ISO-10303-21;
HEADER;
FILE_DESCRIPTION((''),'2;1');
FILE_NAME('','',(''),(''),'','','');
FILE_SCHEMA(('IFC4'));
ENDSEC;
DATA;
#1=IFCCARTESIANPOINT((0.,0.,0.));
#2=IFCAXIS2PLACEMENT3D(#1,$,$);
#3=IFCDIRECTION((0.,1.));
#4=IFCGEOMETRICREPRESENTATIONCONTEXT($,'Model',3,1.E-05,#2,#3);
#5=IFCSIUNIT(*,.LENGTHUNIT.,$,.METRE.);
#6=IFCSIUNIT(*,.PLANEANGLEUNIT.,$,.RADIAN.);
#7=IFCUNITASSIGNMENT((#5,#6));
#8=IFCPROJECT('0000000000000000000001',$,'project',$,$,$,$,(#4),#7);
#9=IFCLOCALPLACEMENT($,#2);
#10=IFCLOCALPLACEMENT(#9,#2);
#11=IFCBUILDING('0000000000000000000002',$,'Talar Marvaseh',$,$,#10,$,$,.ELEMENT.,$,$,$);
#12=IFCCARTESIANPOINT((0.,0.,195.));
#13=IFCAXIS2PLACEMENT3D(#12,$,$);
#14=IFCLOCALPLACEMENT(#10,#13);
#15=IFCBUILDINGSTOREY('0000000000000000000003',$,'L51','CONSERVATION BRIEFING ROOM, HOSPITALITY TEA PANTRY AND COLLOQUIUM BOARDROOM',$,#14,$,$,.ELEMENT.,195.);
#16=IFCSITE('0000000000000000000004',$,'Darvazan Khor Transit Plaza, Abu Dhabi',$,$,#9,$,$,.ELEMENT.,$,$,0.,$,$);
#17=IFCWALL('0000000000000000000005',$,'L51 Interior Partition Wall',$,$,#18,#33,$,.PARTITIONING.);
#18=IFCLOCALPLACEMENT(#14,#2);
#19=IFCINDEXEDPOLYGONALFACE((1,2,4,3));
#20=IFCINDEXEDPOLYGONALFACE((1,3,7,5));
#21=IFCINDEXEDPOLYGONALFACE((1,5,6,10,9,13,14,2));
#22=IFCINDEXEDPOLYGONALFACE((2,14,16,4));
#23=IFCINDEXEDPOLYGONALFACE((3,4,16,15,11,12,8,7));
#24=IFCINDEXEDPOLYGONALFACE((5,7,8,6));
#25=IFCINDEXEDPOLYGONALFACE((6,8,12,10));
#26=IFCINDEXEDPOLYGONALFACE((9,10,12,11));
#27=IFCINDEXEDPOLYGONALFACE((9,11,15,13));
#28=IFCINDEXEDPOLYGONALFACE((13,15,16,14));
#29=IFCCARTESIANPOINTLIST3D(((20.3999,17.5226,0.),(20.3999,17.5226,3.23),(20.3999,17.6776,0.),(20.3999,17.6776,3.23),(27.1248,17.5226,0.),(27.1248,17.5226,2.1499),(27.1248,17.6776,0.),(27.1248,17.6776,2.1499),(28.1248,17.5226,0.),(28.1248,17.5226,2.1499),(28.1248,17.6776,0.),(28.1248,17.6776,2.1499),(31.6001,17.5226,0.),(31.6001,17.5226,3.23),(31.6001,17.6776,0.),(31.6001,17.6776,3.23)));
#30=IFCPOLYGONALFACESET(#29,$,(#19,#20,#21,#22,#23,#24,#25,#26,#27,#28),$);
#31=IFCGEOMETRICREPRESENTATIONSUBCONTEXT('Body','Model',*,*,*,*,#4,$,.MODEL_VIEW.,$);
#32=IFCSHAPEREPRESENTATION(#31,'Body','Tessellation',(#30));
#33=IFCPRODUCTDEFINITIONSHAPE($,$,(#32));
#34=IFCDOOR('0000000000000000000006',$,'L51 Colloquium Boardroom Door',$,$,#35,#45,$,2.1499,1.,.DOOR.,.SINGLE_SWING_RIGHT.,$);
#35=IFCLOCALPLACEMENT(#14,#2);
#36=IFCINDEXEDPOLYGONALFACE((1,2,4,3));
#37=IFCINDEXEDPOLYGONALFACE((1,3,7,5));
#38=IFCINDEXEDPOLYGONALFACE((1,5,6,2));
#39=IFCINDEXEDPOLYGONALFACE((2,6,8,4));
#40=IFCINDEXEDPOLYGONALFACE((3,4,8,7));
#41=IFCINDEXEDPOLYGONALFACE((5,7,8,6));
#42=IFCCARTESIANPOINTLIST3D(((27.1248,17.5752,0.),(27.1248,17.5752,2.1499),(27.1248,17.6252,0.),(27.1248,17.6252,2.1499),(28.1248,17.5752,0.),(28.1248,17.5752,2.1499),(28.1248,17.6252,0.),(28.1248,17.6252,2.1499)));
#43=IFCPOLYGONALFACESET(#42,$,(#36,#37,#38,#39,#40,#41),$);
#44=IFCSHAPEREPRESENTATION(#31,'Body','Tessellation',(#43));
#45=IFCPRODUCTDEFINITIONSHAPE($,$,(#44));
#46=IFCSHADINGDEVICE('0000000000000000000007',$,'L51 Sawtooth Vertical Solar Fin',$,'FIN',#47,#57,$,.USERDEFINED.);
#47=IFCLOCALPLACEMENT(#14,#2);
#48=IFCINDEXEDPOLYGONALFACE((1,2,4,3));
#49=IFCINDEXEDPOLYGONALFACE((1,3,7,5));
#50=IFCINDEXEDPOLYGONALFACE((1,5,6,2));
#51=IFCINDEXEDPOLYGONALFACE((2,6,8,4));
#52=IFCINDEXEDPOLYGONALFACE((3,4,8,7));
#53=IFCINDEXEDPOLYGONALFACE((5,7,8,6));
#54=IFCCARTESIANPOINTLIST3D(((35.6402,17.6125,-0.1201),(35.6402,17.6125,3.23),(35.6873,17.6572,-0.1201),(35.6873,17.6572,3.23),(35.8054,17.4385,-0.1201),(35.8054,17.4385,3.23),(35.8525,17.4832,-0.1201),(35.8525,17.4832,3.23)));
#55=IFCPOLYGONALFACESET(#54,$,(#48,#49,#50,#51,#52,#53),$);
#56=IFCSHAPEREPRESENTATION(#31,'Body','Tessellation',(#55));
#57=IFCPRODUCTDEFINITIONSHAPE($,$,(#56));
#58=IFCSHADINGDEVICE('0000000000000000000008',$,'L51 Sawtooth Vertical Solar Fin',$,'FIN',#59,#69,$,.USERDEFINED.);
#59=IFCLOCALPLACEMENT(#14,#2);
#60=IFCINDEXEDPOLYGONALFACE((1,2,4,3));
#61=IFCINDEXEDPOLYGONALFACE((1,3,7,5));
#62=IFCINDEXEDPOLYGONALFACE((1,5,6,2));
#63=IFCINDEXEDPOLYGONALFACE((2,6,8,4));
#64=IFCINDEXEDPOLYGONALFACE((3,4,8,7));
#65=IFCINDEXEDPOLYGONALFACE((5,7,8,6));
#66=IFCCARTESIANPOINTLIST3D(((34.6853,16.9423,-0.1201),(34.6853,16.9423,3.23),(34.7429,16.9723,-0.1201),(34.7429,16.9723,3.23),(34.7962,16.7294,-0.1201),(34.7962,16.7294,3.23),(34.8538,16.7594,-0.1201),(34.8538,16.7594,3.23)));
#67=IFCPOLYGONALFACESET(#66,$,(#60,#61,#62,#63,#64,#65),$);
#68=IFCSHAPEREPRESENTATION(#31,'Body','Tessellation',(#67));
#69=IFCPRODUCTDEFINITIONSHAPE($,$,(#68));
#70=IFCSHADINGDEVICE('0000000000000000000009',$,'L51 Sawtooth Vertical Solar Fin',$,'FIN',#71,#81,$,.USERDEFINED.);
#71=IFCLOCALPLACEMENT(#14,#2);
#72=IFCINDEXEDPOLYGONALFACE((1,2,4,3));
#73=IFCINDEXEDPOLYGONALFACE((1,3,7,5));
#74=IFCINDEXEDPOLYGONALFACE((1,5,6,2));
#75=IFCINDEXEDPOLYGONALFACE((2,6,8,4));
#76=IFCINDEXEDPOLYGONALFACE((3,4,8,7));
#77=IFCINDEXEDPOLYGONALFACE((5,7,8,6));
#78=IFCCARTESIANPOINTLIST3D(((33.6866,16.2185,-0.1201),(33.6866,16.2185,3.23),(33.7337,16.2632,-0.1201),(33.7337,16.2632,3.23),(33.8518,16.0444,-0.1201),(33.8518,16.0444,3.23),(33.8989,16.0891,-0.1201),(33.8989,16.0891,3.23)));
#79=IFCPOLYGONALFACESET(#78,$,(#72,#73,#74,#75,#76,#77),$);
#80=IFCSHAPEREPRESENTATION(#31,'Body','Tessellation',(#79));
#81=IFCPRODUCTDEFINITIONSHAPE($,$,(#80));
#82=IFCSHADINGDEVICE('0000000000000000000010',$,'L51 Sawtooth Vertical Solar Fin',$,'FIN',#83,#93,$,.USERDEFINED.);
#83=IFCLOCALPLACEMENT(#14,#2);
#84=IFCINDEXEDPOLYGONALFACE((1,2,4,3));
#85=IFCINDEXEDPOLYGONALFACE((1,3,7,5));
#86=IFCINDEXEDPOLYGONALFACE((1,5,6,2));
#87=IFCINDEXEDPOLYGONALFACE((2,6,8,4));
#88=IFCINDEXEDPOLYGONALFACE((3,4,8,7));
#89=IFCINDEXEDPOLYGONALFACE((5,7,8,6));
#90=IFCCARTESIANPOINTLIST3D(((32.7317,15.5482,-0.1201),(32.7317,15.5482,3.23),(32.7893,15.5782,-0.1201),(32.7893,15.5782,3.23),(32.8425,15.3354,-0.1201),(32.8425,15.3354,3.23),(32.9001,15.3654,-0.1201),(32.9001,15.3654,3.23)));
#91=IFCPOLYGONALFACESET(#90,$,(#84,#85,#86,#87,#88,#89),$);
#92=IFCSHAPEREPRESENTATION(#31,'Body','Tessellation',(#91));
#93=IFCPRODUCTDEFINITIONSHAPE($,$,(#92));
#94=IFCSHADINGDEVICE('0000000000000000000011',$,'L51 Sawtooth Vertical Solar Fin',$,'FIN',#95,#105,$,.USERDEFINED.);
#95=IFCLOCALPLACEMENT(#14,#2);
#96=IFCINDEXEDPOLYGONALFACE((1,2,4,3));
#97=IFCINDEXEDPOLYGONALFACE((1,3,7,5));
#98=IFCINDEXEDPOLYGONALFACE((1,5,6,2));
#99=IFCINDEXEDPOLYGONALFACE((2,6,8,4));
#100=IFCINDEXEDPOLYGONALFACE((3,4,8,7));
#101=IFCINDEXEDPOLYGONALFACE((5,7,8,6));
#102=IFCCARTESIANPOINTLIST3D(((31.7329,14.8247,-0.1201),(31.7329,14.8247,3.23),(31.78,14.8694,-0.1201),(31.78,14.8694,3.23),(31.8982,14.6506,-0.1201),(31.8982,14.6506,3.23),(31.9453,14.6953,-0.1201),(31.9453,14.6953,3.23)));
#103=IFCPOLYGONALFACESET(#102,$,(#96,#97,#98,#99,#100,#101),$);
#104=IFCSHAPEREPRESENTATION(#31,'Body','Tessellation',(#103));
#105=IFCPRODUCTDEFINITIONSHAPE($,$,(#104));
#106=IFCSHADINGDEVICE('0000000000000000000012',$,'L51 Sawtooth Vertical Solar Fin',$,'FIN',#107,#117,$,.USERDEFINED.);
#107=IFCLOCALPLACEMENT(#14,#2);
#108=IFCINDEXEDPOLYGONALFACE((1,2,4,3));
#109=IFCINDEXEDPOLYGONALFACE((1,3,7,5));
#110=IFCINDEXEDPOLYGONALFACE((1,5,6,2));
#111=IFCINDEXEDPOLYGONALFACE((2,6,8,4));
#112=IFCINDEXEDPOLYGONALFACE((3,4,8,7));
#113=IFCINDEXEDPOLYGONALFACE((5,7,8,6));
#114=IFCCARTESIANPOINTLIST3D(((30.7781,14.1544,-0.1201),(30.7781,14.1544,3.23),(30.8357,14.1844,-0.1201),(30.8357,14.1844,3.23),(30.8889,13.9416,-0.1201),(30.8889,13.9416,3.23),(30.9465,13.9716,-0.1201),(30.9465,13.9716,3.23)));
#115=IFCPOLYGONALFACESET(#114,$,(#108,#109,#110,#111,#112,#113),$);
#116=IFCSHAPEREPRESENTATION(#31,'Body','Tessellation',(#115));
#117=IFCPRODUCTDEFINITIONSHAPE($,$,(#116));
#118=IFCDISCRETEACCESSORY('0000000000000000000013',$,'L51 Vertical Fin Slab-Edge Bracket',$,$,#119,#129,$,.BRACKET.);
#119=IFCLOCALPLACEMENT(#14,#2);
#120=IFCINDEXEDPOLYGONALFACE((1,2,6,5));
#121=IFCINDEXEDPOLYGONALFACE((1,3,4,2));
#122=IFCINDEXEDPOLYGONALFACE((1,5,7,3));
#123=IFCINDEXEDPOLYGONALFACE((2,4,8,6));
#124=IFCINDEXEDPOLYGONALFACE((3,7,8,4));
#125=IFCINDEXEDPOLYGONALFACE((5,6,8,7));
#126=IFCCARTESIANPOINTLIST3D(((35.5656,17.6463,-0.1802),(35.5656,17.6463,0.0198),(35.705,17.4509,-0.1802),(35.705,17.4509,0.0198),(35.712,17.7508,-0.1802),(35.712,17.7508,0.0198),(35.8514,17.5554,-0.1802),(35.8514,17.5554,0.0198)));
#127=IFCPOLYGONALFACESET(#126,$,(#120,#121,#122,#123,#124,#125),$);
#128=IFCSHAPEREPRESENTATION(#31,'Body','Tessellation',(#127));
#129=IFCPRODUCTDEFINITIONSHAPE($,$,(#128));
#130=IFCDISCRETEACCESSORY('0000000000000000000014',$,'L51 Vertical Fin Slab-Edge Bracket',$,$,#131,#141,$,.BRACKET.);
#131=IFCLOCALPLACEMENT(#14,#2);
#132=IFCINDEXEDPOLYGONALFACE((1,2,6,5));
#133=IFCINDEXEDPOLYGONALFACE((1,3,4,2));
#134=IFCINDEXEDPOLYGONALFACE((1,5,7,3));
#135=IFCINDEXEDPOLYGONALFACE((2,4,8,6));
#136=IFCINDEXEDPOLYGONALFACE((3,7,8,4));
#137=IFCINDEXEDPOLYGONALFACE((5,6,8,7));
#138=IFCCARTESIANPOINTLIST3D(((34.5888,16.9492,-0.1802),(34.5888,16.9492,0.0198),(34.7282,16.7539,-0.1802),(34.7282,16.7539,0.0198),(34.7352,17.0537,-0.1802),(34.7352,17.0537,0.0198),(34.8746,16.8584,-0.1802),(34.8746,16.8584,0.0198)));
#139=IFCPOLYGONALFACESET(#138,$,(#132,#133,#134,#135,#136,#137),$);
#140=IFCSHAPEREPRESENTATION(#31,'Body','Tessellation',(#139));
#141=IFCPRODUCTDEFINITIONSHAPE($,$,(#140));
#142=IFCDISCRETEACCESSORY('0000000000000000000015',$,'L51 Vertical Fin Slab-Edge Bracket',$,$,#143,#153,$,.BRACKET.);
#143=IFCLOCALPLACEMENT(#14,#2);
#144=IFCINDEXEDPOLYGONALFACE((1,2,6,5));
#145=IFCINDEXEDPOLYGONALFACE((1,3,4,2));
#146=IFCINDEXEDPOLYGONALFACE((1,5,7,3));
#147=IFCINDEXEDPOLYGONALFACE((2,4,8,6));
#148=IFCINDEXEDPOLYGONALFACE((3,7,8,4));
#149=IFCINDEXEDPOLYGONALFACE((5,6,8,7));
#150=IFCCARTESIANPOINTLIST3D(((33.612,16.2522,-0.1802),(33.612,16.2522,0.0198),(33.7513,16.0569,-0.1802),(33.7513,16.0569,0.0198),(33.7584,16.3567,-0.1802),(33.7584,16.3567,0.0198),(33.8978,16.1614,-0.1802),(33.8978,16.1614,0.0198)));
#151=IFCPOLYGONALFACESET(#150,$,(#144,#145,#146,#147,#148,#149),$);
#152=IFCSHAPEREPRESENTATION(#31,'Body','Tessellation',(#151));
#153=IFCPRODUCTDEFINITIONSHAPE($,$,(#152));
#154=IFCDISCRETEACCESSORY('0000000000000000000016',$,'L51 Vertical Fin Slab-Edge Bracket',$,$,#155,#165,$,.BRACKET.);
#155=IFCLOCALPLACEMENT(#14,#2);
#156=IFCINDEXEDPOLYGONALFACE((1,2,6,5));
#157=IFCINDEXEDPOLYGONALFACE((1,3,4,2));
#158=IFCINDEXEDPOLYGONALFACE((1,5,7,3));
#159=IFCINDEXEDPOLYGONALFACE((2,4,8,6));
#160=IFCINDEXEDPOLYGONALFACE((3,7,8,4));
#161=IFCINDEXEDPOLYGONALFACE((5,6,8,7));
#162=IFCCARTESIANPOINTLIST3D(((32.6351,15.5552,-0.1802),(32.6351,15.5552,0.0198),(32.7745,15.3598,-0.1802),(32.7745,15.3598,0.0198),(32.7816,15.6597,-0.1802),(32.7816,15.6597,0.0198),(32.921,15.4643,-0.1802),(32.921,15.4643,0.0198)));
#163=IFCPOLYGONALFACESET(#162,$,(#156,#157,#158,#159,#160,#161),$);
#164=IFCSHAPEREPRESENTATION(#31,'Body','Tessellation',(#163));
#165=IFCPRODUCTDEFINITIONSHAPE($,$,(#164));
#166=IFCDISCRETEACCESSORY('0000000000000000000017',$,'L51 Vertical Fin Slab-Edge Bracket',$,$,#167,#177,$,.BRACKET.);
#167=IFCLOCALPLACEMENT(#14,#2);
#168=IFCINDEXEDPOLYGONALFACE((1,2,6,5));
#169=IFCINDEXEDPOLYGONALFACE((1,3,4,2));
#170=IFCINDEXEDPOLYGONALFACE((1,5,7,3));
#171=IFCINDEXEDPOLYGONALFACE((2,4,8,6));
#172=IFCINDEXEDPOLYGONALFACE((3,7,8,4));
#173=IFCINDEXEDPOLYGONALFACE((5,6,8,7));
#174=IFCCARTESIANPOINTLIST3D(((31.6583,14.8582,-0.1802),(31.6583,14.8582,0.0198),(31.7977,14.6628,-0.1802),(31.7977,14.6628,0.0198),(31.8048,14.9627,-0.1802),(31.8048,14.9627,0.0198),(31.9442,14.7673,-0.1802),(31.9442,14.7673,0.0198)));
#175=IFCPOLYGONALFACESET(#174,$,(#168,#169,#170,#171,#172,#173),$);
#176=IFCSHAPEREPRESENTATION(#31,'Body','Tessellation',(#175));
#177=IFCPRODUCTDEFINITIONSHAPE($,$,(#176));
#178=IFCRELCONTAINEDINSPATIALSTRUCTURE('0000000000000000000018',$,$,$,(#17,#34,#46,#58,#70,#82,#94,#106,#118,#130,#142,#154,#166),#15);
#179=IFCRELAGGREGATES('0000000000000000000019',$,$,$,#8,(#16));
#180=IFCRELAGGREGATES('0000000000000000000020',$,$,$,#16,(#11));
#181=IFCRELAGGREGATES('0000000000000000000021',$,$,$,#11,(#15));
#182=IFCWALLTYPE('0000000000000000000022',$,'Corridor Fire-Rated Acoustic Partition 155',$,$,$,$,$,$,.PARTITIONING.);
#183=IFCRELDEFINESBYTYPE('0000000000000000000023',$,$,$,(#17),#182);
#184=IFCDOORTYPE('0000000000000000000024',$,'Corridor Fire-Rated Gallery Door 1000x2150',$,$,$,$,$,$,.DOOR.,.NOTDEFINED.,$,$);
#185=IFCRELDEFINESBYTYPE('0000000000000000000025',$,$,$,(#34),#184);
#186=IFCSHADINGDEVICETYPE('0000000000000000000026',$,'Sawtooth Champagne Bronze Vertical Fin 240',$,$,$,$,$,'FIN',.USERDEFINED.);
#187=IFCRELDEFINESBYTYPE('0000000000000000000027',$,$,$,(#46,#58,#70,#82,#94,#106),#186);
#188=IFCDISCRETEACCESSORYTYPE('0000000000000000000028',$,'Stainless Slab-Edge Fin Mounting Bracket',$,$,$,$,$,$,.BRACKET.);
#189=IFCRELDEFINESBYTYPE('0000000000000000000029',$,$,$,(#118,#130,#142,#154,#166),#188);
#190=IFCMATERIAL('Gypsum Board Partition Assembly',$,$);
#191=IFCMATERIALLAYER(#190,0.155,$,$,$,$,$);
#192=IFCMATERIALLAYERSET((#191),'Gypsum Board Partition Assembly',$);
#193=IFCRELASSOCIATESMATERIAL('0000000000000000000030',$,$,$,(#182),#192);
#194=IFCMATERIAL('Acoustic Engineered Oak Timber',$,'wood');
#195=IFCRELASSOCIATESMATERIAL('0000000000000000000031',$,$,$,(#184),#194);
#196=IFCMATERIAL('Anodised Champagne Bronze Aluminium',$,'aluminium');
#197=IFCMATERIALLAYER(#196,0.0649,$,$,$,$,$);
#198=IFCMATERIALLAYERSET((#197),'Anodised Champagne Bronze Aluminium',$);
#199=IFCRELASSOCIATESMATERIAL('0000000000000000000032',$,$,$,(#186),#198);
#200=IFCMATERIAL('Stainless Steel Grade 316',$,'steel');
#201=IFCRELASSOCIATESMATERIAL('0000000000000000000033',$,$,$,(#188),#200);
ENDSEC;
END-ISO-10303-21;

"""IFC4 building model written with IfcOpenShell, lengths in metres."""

from ifc_helpers import new_model, si_unit, direction, frame, frame_2d, origin, origin_2d, place, context, subcontext, project, spatial, rectangle, extrude, source, transform, mapped, material, layer, layer_set, type_object, type_shapes, element, fill, save


model = new_model("IFC4")

# Units and contexts
model_context = context("Model", 3, precision=1e-05, world=origin(), true_north=direction((0.0, 1.0)))
body_context = subcontext(model_context, "Body", "Model", "MODEL_VIEW")
ifc_project = project(units=[si_unit("LENGTHUNIT", "METRE"), si_unit("PLANEANGLEUNIT", "RADIAN")], contexts=[model_context])

# Site, building, storey
site_placement = place(None, origin())
site = spatial("IfcSite", under=ifc_project, at=site_placement, Name="Darvazan Khor Transit Plaza, Abu Dhabi", CompositionType="ELEMENT", RefElevation=0.0)
building_placement = place(site_placement, origin())
building = spatial("IfcBuilding", under=site, at=building_placement, Name="Talar Marvaseh", CompositionType="ELEMENT")
storey_placement = place(building_placement, frame((0.0, 0.0, 195.0)))
storey = spatial("IfcBuildingStorey", under=building, at=storey_placement, Name="L51", Description="CONSERVATION BRIEFING ROOM, HOSPITALITY TEA PANTRY AND COLLOQUIUM BOARDROOM", CompositionType="ELEMENT", Elevation=195.0)

# Wall, opening, door
ifc_material_1 = material(Name="Gypsum Board Partition Assembly")
ifc_layer_1 = layer(ifc_material_1, 0.155)
ifc_layer_set_1 = layer_set([ifc_layer_1], Name="Gypsum Board Partition Assembly")
wall_type = type_object("IfcWallType", Name="Corridor Fire-Rated Acoustic Partition 155", PredefinedType="PARTITIONING", material=ifc_layer_set_1)
wall_placement = place(storey_placement, frame((31.6001, 17.6001, 0.0), z_axis=(0.0, 0.0, 1.0), x_axis=(-1.0, 0.0, 0.0)))
wall = element("IfcWall", 1, at=wall_placement, inside=storey, type_object=wall_type, Name="L51 Interior Partition Wall", PredefinedType="PARTITIONING", context=body_context, shape_type="SweptSolid", body=[
    extrude(rectangle(XDim=11.2002, YDim=0.155, at=frame_2d((5.6001, 0.0))), origin(), (0.0, 0.0, 1.0), 3.23),
])
opening_placement = place(wall_placement, frame((3.4753, 0.0, 0.0)))
opening = element("IfcOpeningElement", 2, at=opening_placement, cuts=wall, PredefinedType="OPENING", context=body_context, shape_type="SweptSolid", body=[
    extrude(rectangle(XDim=1.0, YDim=2.1499, at=frame_2d((0.5, 1.075))), frame((0.0, 0.0874, 0.0), z_axis=(0.0, -1.0, 0.0), x_axis=(1.0, 0.0, 0.0)), (0.0, 0.0, 1.0), 0.175),
])
ifc_material_2 = material(Name="Acoustic Engineered Oak Timber", Category="wood")
door_type = type_object("IfcDoorType", Name="Corridor Fire-Rated Gallery Door 1000x2150", OperationType="NOTDEFINED", PredefinedType="DOOR", material=ifc_material_2)
shared_shape_1 = source(origin(), body_context, "Body", "SweptSolid", [
    extrude(rectangle(XDim=1.0, YDim=2.1499, at=frame_2d((0.5, 1.075))), frame((0.0, 0.0249, 0.0), z_axis=(0.0, -1.0, 0.0), x_axis=(1.0, 0.0, 0.0)), (0.0, 0.0, 1.0), 0.05),
])
type_shapes(door_type, [shared_shape_1])
door_placement = place(opening_placement, origin())
door = element("IfcDoor", 3, at=door_placement, inside=storey, type_object=door_type, Name="L51 Colloquium Boardroom Door", OperationType="SINGLE_SWING_RIGHT", OverallHeight=2.1499, OverallWidth=1.0, PredefinedType="DOOR", context=body_context, shape_type="MappedRepresentation", body=[
    mapped(shared_shape_1, transform((0.0, 0.0, 0.0), x_axis=(1.0, 0.0, 0.0), y_axis=(0.0, 1.0, 0.0), z_axis=(0.0, 0.0, 1.0), scale=1.0)),
])
fill(opening, door)

# Shading devices
ifc_material_3 = material(Name="Anodised Champagne Bronze Aluminium", Category="aluminium")
ifc_layer_2 = layer(ifc_material_3, 0.0649)
ifc_layer_set_2 = layer_set([ifc_layer_2], Name="Anodised Champagne Bronze Aluminium")
shading_device_type = type_object("IfcShadingDeviceType", Name="Sawtooth Champagne Bronze Vertical Fin 240", ElementType="FIN", PredefinedType="USERDEFINED", material=ifc_layer_set_2)
shared_shape_2 = source(origin(), body_context, "Body", "SweptSolid", [
    extrude(rectangle(XDim=0.24, YDim=0.0649, at=origin_2d()), origin(), (0.0, 0.0, 1.0), 3.3501),
])
type_shapes(shading_device_type, [shared_shape_2])
for number, where, z_axis, x_axis, name in (
    (4, (35.7463, 17.5479, -0.1201), (0.0, 0.0, 1.0), (0.688481, -0.725254, 0.0), "L51 Sawtooth Vertical Solar Fin"),
    (5, (34.7695, 16.8508, -0.1201), (0.0, 0.0, 1.0), (0.461903, -0.88693, 0.0), "L51 Sawtooth Vertical Solar Fin"),
    (6, (33.7927, 16.1538, -0.1201), (0.0, 0.0, 1.0), (0.688481, -0.725254, 0.0), "L51 Sawtooth Vertical Solar Fin"),
    (7, (32.8159, 15.4568, -0.1201), (0.0, 0.0, 1.0), (0.461903, -0.88693, 0.0), "L51 Sawtooth Vertical Solar Fin"),
    (8, (31.8391, 14.76, -0.1201), (0.0, 0.0, 1.0), (0.688481, -0.725254, 0.0), "L51 Sawtooth Vertical Solar Fin"),
    (9, (30.8623, 14.063, -0.1201), (0.0, 0.0, 1.0), (0.461903, -0.88693, 0.0), "L51 Sawtooth Vertical Solar Fin"),
):
    element("IfcShadingDevice", number, at=place(storey_placement, frame(where, z_axis=z_axis, x_axis=x_axis)), inside=storey, type_object=shading_device_type, Name=name, ObjectType="FIN", PredefinedType="USERDEFINED", context=body_context, shape_type="MappedRepresentation", body=[
        mapped(shared_shape_2, transform((0.0, 0.0, 0.0), x_axis=(1.0, 0.0, 0.0), y_axis=(0.0, 1.0, 0.0), z_axis=(0.0, 0.0, 1.0), scale=1.0)),
    ])

# Discrete accessories
ifc_material_4 = material(Name="Stainless Steel Grade 316", Category="steel")
discrete_accessory_type = type_object("IfcDiscreteAccessoryType", Name="Stainless Slab-Edge Fin Mounting Bracket", PredefinedType="BRACKET", material=ifc_material_4)
shared_shape_3 = source(origin(), body_context, "Body", "SweptSolid", [
    extrude(rectangle(XDim=0.24, YDim=0.1799, at=origin_2d()), origin(), (0.0, 0.0, 1.0), 0.2),
])
type_shapes(discrete_accessory_type, [shared_shape_3])
for number, where, z_axis, x_axis, name in (
    (10, (35.7085, 17.6008, -0.1802), (0.0, 0.0, 1.0), (0.580845, -0.814014, 0.0), "L51 Vertical Fin Slab-Edge Bracket"),
    (11, (34.7317, 16.9038, -0.1802), (0.0, 0.0, 1.0), (0.580845, -0.814014, 0.0), "L51 Vertical Fin Slab-Edge Bracket"),
    (12, (33.7549, 16.2068, -0.1802), (0.0, 0.0, 1.0), (0.580845, -0.814014, 0.0), "L51 Vertical Fin Slab-Edge Bracket"),
    (13, (32.7781, 15.5098, -0.1802), (0.0, 0.0, 1.0), (0.580845, -0.814014, 0.0), "L51 Vertical Fin Slab-Edge Bracket"),
    (14, (31.8013, 14.8127, -0.1802), (0.0, 0.0, 1.0), (0.580845, -0.814014, 0.0), "L51 Vertical Fin Slab-Edge Bracket"),
):
    element("IfcDiscreteAccessory", number, at=place(storey_placement, frame(where, z_axis=z_axis, x_axis=x_axis)), inside=storey, type_object=discrete_accessory_type, Name=name, PredefinedType="BRACKET", context=body_context, shape_type="MappedRepresentation", body=[
        mapped(shared_shape_3, transform((0.0, 0.0, 0.0), x_axis=(1.0, 0.0, 0.0), y_axis=(0.0, 1.0, 0.0), z_axis=(0.0, 0.0, 1.0), scale=1.0)),
    ])

save(model, "model.ifc")
